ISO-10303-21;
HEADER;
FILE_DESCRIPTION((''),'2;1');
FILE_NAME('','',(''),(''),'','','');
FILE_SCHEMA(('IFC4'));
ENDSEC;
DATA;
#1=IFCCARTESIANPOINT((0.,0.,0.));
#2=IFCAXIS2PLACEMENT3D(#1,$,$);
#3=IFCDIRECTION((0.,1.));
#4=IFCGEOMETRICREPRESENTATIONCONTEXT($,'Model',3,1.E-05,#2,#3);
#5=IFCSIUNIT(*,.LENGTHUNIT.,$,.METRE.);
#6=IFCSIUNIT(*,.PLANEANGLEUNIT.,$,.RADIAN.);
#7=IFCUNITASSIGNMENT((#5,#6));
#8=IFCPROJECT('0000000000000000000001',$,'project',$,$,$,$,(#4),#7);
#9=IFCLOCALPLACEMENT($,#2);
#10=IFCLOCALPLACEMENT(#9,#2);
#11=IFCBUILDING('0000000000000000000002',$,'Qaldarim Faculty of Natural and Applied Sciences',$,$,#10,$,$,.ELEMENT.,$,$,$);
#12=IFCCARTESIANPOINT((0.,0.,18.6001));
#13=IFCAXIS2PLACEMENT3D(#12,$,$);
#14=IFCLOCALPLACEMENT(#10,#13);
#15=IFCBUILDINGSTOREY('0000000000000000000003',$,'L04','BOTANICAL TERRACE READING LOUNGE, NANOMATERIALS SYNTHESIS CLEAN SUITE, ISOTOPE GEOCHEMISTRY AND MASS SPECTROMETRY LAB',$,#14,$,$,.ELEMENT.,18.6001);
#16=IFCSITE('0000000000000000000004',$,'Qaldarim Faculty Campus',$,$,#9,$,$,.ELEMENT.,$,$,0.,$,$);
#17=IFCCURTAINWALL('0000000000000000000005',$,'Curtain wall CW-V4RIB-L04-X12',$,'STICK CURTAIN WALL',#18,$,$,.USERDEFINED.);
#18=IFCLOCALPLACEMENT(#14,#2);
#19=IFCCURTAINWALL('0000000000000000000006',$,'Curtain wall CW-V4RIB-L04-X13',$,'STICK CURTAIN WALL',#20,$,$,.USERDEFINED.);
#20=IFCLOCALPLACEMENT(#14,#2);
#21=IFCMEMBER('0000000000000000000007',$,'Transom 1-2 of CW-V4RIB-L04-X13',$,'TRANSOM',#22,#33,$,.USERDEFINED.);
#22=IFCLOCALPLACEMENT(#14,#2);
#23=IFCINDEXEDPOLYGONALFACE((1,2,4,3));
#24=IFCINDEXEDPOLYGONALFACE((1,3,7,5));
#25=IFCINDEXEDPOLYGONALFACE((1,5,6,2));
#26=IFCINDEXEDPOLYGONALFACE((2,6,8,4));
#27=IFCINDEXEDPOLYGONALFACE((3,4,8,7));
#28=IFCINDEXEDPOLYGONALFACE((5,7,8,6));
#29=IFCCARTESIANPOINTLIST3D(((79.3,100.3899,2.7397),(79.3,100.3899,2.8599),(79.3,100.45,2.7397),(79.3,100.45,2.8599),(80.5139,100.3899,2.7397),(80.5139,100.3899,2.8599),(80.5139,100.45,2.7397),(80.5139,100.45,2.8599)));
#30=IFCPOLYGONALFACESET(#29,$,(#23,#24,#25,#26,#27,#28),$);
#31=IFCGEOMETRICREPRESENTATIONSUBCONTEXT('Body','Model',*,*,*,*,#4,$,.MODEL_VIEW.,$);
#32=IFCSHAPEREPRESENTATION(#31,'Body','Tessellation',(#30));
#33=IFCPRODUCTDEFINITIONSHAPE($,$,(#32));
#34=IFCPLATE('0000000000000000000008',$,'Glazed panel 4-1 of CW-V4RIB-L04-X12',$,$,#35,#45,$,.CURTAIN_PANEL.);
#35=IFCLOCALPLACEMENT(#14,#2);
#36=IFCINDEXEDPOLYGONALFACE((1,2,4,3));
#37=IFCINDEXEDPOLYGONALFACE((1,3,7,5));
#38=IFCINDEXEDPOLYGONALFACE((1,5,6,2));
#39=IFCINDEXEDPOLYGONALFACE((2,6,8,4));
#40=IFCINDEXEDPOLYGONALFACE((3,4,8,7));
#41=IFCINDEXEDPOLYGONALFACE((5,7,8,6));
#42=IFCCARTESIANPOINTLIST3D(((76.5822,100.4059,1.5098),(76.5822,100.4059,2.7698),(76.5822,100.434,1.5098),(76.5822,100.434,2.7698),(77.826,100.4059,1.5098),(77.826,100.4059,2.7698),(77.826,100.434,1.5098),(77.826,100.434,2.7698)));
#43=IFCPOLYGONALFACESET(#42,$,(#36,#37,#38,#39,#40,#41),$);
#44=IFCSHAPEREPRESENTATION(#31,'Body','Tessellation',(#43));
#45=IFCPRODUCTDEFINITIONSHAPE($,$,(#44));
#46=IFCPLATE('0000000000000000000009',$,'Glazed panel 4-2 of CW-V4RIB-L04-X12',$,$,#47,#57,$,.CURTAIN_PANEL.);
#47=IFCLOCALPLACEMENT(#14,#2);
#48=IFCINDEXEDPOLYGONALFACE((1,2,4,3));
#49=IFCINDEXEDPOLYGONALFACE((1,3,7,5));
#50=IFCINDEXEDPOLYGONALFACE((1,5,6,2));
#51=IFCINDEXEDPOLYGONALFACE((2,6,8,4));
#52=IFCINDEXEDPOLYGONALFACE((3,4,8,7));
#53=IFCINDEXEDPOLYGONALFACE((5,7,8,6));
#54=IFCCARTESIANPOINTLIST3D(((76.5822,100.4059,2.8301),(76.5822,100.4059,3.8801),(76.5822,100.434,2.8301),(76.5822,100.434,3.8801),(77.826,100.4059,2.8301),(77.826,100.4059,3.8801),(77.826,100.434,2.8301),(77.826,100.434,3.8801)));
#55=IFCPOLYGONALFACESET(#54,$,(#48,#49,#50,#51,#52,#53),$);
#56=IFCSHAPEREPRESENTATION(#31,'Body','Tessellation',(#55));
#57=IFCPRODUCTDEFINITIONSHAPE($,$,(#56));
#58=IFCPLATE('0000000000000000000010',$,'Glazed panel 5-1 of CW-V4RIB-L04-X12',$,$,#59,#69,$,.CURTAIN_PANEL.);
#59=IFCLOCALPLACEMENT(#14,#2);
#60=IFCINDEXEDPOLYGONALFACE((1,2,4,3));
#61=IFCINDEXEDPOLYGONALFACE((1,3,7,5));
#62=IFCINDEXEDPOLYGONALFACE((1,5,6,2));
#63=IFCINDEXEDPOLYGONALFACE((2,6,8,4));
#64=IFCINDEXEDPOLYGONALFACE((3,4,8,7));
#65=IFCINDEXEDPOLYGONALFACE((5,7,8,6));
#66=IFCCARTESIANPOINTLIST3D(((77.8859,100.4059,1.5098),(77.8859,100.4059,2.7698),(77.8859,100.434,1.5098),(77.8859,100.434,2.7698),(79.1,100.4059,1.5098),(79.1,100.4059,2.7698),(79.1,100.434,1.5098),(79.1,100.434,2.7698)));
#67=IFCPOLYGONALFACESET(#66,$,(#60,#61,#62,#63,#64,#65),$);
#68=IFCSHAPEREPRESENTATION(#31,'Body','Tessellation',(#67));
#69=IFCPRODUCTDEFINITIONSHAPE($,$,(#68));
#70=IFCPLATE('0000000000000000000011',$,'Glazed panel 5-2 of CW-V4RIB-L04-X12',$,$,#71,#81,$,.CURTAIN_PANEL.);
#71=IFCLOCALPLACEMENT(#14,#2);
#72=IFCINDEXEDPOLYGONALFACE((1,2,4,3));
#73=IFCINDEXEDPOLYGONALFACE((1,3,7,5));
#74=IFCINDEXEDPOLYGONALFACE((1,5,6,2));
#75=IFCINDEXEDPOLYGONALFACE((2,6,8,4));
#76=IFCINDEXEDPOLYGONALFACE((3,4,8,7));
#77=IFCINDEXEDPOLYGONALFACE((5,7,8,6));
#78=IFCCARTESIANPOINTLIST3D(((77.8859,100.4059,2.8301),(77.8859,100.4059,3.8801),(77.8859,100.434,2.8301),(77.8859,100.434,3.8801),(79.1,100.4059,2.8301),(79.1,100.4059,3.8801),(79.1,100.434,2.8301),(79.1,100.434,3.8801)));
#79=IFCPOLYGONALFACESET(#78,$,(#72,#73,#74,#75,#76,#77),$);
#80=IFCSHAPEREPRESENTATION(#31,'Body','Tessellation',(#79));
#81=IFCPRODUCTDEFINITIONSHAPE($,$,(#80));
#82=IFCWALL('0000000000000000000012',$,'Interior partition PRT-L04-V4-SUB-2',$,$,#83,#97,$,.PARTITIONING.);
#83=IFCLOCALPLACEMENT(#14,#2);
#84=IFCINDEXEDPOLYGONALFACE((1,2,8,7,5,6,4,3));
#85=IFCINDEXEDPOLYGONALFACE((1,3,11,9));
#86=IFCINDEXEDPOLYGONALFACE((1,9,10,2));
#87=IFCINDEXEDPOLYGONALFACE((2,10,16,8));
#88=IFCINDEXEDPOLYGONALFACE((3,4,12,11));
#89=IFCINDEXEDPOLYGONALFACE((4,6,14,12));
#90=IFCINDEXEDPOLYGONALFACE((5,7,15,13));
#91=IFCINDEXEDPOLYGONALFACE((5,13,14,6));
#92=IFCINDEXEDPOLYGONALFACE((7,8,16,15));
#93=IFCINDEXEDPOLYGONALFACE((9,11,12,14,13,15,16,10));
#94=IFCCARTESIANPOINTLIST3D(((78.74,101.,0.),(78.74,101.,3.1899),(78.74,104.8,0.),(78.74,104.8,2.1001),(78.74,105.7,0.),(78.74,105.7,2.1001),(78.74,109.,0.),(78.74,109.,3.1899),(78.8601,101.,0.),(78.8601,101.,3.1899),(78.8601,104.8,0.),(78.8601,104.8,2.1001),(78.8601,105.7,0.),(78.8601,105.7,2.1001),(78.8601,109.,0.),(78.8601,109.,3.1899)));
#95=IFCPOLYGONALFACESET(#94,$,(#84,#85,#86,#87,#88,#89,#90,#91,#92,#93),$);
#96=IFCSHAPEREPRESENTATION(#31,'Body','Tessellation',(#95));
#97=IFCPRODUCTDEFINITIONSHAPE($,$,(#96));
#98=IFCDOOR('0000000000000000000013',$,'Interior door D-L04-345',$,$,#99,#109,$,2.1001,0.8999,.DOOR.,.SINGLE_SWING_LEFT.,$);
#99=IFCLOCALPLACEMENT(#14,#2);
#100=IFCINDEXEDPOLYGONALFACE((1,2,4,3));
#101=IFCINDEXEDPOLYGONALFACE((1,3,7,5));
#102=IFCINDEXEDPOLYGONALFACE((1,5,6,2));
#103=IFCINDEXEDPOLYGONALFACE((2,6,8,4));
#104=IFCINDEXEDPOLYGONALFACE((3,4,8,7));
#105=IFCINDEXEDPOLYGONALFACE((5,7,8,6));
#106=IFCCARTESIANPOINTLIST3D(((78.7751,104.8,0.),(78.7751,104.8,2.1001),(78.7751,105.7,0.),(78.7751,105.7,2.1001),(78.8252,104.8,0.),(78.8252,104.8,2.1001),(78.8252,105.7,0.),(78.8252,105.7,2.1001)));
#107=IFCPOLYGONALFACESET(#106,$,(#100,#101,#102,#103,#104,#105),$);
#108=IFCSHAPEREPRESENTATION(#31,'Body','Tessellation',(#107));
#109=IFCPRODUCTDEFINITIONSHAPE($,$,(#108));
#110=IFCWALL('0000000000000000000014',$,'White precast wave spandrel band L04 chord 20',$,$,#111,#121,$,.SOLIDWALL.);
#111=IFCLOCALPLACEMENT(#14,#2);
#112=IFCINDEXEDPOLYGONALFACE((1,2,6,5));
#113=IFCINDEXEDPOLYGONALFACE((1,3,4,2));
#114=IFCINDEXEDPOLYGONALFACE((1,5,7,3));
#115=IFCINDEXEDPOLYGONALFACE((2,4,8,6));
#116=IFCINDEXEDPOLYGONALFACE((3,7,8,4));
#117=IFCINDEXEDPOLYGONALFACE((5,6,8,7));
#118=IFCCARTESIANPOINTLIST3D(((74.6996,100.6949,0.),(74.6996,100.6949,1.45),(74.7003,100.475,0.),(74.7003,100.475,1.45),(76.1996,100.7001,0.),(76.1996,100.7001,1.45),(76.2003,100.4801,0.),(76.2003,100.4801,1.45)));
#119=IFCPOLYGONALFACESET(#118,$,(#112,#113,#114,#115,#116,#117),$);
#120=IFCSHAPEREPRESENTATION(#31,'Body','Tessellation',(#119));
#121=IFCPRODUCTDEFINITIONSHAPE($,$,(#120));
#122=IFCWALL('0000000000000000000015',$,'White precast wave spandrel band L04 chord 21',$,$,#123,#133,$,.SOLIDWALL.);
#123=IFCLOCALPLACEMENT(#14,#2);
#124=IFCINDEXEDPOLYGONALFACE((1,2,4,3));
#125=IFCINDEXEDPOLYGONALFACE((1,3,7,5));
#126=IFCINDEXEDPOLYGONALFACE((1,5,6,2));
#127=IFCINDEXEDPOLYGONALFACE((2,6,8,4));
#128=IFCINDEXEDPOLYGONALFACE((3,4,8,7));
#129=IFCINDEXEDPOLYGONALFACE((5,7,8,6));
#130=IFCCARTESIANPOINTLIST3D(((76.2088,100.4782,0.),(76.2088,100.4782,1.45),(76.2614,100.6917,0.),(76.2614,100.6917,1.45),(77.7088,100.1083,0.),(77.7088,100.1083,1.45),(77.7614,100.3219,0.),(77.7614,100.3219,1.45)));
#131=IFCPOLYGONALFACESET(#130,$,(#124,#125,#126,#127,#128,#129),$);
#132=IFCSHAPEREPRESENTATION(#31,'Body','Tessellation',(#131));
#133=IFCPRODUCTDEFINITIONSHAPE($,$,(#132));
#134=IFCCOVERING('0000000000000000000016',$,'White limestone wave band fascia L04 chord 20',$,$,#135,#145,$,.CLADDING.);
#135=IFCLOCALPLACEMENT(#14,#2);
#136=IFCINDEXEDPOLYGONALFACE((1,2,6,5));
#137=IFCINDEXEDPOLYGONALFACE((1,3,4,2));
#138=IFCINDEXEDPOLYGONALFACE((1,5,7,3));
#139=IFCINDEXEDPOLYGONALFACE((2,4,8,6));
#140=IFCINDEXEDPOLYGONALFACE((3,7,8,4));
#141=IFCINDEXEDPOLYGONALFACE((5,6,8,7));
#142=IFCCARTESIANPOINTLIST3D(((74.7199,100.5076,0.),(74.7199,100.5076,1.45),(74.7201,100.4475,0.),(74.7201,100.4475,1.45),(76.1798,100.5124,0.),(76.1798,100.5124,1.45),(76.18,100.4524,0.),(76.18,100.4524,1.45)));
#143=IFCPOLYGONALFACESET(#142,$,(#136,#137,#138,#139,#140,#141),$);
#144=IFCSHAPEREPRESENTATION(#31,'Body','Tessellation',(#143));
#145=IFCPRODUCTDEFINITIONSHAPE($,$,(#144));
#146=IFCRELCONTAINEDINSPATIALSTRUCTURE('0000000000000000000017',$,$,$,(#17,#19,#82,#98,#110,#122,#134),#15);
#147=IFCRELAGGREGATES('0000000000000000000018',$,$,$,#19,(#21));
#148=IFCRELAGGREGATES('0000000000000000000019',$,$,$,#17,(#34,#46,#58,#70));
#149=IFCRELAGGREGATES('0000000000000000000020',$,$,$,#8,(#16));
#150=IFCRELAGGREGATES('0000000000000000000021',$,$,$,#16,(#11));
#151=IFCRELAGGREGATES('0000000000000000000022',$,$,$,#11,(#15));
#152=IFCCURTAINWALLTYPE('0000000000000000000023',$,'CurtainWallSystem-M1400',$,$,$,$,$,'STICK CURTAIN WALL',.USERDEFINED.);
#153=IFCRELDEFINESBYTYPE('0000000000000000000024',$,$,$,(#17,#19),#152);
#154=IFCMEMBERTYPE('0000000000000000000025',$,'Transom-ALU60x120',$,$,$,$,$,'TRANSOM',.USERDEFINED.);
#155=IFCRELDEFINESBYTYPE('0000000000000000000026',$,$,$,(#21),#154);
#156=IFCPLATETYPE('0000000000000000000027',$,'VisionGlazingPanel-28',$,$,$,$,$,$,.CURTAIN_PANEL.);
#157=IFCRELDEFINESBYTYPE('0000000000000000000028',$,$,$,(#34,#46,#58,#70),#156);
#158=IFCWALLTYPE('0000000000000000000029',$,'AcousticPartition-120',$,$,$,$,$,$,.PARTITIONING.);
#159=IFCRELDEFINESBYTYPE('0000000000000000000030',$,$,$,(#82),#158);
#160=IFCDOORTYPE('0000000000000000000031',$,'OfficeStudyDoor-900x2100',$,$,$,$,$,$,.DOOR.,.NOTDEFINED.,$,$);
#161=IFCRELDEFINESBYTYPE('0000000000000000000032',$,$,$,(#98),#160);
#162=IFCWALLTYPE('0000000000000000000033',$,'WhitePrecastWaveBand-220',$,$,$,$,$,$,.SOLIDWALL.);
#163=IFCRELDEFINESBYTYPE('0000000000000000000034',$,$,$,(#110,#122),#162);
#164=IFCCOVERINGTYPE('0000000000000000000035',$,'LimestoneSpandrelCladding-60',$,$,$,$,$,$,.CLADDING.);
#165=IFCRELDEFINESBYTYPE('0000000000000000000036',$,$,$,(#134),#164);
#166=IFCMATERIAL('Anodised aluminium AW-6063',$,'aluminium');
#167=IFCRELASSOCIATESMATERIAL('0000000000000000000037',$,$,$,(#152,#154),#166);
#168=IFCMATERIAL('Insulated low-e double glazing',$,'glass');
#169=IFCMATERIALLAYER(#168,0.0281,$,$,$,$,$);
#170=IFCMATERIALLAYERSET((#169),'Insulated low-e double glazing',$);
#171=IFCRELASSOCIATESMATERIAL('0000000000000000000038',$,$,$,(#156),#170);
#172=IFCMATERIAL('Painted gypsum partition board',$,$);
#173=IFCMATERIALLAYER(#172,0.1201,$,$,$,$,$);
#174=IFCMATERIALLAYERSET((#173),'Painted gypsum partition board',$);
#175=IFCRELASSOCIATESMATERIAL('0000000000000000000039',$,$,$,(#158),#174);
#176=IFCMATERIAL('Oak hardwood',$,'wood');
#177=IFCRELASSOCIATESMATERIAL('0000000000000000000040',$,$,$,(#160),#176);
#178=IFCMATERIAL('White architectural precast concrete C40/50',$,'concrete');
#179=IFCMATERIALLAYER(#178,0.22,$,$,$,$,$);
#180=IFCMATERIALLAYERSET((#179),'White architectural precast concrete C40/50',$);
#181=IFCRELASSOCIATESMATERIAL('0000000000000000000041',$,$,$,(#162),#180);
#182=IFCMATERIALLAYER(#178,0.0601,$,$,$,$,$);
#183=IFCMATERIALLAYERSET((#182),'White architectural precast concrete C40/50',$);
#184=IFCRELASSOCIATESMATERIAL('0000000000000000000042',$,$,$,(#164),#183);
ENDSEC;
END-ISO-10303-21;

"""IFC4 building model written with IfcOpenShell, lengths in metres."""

from ifc_helpers import new_model, si_unit, direction, frame, frame_2d, origin, origin_2d, place, context, subcontext, project, spatial, rectangle, extrude, material, layer, layer_set, material_profile, profile_set, type_object, element, fill, aggregate, save


model = new_model("IFC4")

# Units and contexts
model_context = context("Model", 3, precision=1e-05, world=origin(), true_north=direction((0.0, 1.0)))
body_context = subcontext(model_context, "Body", "Model", "MODEL_VIEW")
ifc_project = project(units=[si_unit("LENGTHUNIT", "METRE"), si_unit("PLANEANGLEUNIT", "RADIAN")], contexts=[model_context])

# Site, building, storey
site_placement = place(None, origin())
site = spatial("IfcSite", under=ifc_project, at=site_placement, Name="Qaldarim Faculty Campus", CompositionType="ELEMENT", RefElevation=0.0)
building_placement = place(site_placement, origin())
building = spatial("IfcBuilding", under=site, at=building_placement, Name="Qaldarim Faculty of Natural and Applied Sciences", CompositionType="ELEMENT")
storey_placement = place(building_placement, frame((0.0, 0.0, 18.6001)))
storey = spatial("IfcBuildingStorey", under=building, at=storey_placement, Name="L04", Description="BOTANICAL TERRACE READING LOUNGE, NANOMATERIALS SYNTHESIS CLEAN SUITE, ISOTOPE GEOCHEMISTRY AND MASS SPECTROMETRY LAB", CompositionType="ELEMENT", Elevation=18.6001)

# Curtain wall
ifc_material_1 = material(Name="Anodised aluminium AW-6063", Category="aluminium")
curtain_wall_type = type_object("IfcCurtainWallType", Name="CurtainWallSystem-M1400", ElementType="STICK CURTAIN WALL", PredefinedType="USERDEFINED", material=ifc_material_1)
curtain_wall_1_placement = place(storey_placement, origin())
curtain_wall_1 = element("IfcCurtainWall", 1, at=curtain_wall_1_placement, inside=storey, type_object=curtain_wall_type, Name="Curtain wall CW-V4RIB-L04-X12", ObjectType="STICK CURTAIN WALL", PredefinedType="USERDEFINED")

# Curtain wall
curtain_wall_2_placement = place(storey_placement, origin())
curtain_wall_2 = element("IfcCurtainWall", 2, at=curtain_wall_2_placement, inside=storey, type_object=curtain_wall_type, Name="Curtain wall CW-V4RIB-L04-X13", ObjectType="STICK CURTAIN WALL", PredefinedType="USERDEFINED")

# Member
ifc_material_profile_1 = material_profile(ifc_material_1, rectangle(XDim=0.0601, YDim=0.1201, at=origin_2d()), Name="ALU-T60x120")
ifc_profile_set_1 = profile_set([ifc_material_profile_1], Name="Anodised aluminium AW-6063")
member_type_1 = type_object("IfcMemberType", Name="Transom-ALU60x120", ElementType="TRANSOM", PredefinedType="USERDEFINED", material=ifc_profile_set_1)
member_1_placement = place(storey_placement, frame((79.3, 100.4199, 2.7998), z_axis=(1.0, 0.0, 0.0), x_axis=(0.0, 1.0, 0.0)))
member_1 = element("IfcMember", 3, at=member_1_placement, type_object=member_type_1, Name="Transom 1-2 of CW-V4RIB-L04-X13", ObjectType="TRANSOM", PredefinedType="USERDEFINED", context=body_context, shape_type="SweptSolid", body=[
    extrude(rectangle(XDim=0.0601, YDim=0.1201, at=origin_2d()), origin(), (0.0, 0.0, 1.0), 1.2139),
])
aggregate(curtain_wall_2, [member_1])

# Plates
ifc_material_2 = material(Name="Insulated low-e double glazing", Category="glass")
ifc_layer_1 = layer(ifc_material_2, 0.0281)
ifc_layer_set_1 = layer_set([ifc_layer_1], Name="Insulated low-e double glazing")
plate_type = type_object("IfcPlateType", Name="VisionGlazingPanel-28", PredefinedType="CURTAIN_PANEL", material=ifc_layer_set_1)
plate_1_placement = place(storey_placement, frame((77.2041, 100.4199, 1.5098), z_axis=(0.0, 0.0, 1.0), x_axis=(1.0, 0.0, 0.0)))
plate_1 = element("IfcPlate", 4, at=plate_1_placement, type_object=plate_type, Name="Glazed panel 4-1 of CW-V4RIB-L04-X12", PredefinedType="CURTAIN_PANEL", context=body_context, shape_type="SweptSolid", body=[
    extrude(rectangle(XDim=1.2439, YDim=0.0281, at=origin_2d()), origin(), (0.0, 0.0, 1.0), 1.26),
])
plate_2_placement = place(storey_placement, frame((77.2041, 100.4199, 2.8301), z_axis=(0.0, 0.0, 1.0), x_axis=(1.0, 0.0, 0.0)))
plate_2 = element("IfcPlate", 5, at=plate_2_placement, type_object=plate_type, Name="Glazed panel 4-2 of CW-V4RIB-L04-X12", PredefinedType="CURTAIN_PANEL", context=body_context, shape_type="SweptSolid", body=[
    extrude(rectangle(XDim=1.2439, YDim=0.0281, at=origin_2d()), origin(), (0.0, 0.0, 1.0), 1.05),
])
plate_3_placement = place(storey_placement, frame((78.4929, 100.4199, 1.5098), z_axis=(0.0, 0.0, 1.0), x_axis=(1.0, 0.0, 0.0)))
plate_3 = element("IfcPlate", 6, at=plate_3_placement, type_object=plate_type, Name="Glazed panel 5-1 of CW-V4RIB-L04-X12", PredefinedType="CURTAIN_PANEL", context=body_context, shape_type="SweptSolid", body=[
    extrude(rectangle(XDim=1.2141, YDim=0.0281, at=origin_2d()), origin(), (0.0, 0.0, 1.0), 1.26),
])
plate_4_placement = place(storey_placement, frame((78.4929, 100.4199, 2.8301), z_axis=(0.0, 0.0, 1.0), x_axis=(1.0, 0.0, 0.0)))
plate_4 = element("IfcPlate", 7, at=plate_4_placement, type_object=plate_type, Name="Glazed panel 5-2 of CW-V4RIB-L04-X12", PredefinedType="CURTAIN_PANEL", context=body_context, shape_type="SweptSolid", body=[
    extrude(rectangle(XDim=1.2141, YDim=0.0281, at=origin_2d()), origin(), (0.0, 0.0, 1.0), 1.05),
])
aggregate(curtain_wall_1, [plate_1, plate_2, plate_3, plate_4])

# Wall, opening, door
ifc_material_3 = material(Name="Painted gypsum partition board")
ifc_layer_2 = layer(ifc_material_3, 0.1201)
ifc_layer_set_2 = layer_set([ifc_layer_2], Name="Painted gypsum partition board")
wall_type_1 = type_object("IfcWallType", Name="AcousticPartition-120", PredefinedType="PARTITIONING", material=ifc_layer_set_2)
wall_1_placement = place(storey_placement, frame((78.8, 101.0, 0.0), z_axis=(0.0, 0.0, 1.0), x_axis=(0.0, 1.0, 0.0)))
wall_1 = element("IfcWall", 8, at=wall_1_placement, inside=storey, type_object=wall_type_1, Name="Interior partition PRT-L04-V4-SUB-2", PredefinedType="PARTITIONING", context=body_context, shape_type="SweptSolid", body=[
    extrude(rectangle(XDim=8.0, YDim=0.1201, at=frame_2d((4.0, 0.0))), origin(), (0.0, 0.0, 1.0), 3.1899),
])
opening_placement = place(wall_1_placement, frame((3.8, 0.0, 0.0)))
opening = element("IfcOpeningElement", 9, at=opening_placement, cuts=wall_1, PredefinedType="OPENING", context=body_context, shape_type="SweptSolid", body=[
    extrude(rectangle(XDim=0.8999, YDim=2.1001, at=frame_2d((0.45, 1.05))), frame((0.0, 0.0701, 0.0), z_axis=(0.0, -1.0, 0.0), x_axis=(1.0, 0.0, 0.0)), (0.0, 0.0, 1.0), 0.1401),
])
ifc_material_4 = material(Name="Oak hardwood", Category="wood")
door_type = type_object("IfcDoorType", Name="OfficeStudyDoor-900x2100", OperationType="NOTDEFINED", PredefinedType="DOOR", material=ifc_material_4)
door_placement = place(opening_placement, origin())
door = element("IfcDoor", 10, at=door_placement, inside=storey, type_object=door_type, Name="Interior door D-L04-345", OperationType="SINGLE_SWING_LEFT", OverallHeight=2.1001, OverallWidth=0.8999, PredefinedType="DOOR", context=body_context, shape_type="SweptSolid", body=[
    extrude(rectangle(XDim=0.8999, YDim=2.1001, at=frame_2d((0.45, 1.05))), frame((0.0, 0.0249, 0.0), z_axis=(0.0, -1.0, 0.0), x_axis=(1.0, 0.0, 0.0)), (0.0, 0.0, 1.0), 0.05),
])
fill(opening, door)

# Walls
ifc_material_5 = material(Name="White architectural precast concrete C40/50", Category="concrete")
ifc_layer_3 = layer(ifc_material_5, 0.22)
ifc_layer_set_3 = layer_set([ifc_layer_3], Name="White architectural precast concrete C40/50")
wall_type_2 = type_object("IfcWallType", Name="WhitePrecastWaveBand-220", PredefinedType="SOLIDWALL", material=ifc_layer_set_3)
wall_2_placement = place(storey_placement, frame((74.7, 100.585, 0.0), z_axis=(0.0, 0.0, 1.0), x_axis=(0.999994, 0.003418, 0.0)))
element("IfcWall", 11, at=wall_2_placement, inside=storey, type_object=wall_type_2, Name="White precast wave spandrel band L04 chord 20", PredefinedType="SOLIDWALL", context=body_context, shape_type="SweptSolid", body=[
    extrude(rectangle(XDim=1.5, YDim=0.22, at=frame_2d((0.75, 0.0))), origin(), (0.0, 0.0, 1.0), 1.45),
])
wall_3_placement = place(storey_placement, frame((76.2351, 100.585, 0.0), z_axis=(0.0, 0.0, 1.0), x_axis=(0.970918, -0.239411, 0.0)))
element("IfcWall", 12, at=wall_3_placement, inside=storey, type_object=wall_type_2, Name="White precast wave spandrel band L04 chord 21", PredefinedType="SOLIDWALL", context=body_context, shape_type="SweptSolid", body=[
    extrude(rectangle(XDim=1.5449, YDim=0.22, at=frame_2d((0.7725, 0.0))), origin(), (0.0, 0.0, 1.0), 1.45),
])

# Covering
ifc_layer_4 = layer(ifc_material_5, 0.0601)
ifc_layer_set_4 = layer_set([ifc_layer_4], Name="White architectural precast concrete C40/50")
covering_type = type_object("IfcCoveringType", Name="LimestoneSpandrelCladding-60", PredefinedType="CLADDING", material=ifc_layer_set_4)
covering_placement = place(storey_placement, frame((75.45, 100.48, 0.0), z_axis=(0.0, 0.0, 1.0), x_axis=(0.999994, 0.003334, 0.0)))
element("IfcCovering", 13, at=covering_placement, inside=storey, type_object=covering_type, Name="White limestone wave band fascia L04 chord 20", PredefinedType="CLADDING", context=body_context, shape_type="SweptSolid", body=[
    extrude(rectangle(XDim=1.46, YDim=0.0601, at=origin_2d()), origin(), (0.0, 0.0, 1.0), 1.45),
])

save(model, "model.ifc")
